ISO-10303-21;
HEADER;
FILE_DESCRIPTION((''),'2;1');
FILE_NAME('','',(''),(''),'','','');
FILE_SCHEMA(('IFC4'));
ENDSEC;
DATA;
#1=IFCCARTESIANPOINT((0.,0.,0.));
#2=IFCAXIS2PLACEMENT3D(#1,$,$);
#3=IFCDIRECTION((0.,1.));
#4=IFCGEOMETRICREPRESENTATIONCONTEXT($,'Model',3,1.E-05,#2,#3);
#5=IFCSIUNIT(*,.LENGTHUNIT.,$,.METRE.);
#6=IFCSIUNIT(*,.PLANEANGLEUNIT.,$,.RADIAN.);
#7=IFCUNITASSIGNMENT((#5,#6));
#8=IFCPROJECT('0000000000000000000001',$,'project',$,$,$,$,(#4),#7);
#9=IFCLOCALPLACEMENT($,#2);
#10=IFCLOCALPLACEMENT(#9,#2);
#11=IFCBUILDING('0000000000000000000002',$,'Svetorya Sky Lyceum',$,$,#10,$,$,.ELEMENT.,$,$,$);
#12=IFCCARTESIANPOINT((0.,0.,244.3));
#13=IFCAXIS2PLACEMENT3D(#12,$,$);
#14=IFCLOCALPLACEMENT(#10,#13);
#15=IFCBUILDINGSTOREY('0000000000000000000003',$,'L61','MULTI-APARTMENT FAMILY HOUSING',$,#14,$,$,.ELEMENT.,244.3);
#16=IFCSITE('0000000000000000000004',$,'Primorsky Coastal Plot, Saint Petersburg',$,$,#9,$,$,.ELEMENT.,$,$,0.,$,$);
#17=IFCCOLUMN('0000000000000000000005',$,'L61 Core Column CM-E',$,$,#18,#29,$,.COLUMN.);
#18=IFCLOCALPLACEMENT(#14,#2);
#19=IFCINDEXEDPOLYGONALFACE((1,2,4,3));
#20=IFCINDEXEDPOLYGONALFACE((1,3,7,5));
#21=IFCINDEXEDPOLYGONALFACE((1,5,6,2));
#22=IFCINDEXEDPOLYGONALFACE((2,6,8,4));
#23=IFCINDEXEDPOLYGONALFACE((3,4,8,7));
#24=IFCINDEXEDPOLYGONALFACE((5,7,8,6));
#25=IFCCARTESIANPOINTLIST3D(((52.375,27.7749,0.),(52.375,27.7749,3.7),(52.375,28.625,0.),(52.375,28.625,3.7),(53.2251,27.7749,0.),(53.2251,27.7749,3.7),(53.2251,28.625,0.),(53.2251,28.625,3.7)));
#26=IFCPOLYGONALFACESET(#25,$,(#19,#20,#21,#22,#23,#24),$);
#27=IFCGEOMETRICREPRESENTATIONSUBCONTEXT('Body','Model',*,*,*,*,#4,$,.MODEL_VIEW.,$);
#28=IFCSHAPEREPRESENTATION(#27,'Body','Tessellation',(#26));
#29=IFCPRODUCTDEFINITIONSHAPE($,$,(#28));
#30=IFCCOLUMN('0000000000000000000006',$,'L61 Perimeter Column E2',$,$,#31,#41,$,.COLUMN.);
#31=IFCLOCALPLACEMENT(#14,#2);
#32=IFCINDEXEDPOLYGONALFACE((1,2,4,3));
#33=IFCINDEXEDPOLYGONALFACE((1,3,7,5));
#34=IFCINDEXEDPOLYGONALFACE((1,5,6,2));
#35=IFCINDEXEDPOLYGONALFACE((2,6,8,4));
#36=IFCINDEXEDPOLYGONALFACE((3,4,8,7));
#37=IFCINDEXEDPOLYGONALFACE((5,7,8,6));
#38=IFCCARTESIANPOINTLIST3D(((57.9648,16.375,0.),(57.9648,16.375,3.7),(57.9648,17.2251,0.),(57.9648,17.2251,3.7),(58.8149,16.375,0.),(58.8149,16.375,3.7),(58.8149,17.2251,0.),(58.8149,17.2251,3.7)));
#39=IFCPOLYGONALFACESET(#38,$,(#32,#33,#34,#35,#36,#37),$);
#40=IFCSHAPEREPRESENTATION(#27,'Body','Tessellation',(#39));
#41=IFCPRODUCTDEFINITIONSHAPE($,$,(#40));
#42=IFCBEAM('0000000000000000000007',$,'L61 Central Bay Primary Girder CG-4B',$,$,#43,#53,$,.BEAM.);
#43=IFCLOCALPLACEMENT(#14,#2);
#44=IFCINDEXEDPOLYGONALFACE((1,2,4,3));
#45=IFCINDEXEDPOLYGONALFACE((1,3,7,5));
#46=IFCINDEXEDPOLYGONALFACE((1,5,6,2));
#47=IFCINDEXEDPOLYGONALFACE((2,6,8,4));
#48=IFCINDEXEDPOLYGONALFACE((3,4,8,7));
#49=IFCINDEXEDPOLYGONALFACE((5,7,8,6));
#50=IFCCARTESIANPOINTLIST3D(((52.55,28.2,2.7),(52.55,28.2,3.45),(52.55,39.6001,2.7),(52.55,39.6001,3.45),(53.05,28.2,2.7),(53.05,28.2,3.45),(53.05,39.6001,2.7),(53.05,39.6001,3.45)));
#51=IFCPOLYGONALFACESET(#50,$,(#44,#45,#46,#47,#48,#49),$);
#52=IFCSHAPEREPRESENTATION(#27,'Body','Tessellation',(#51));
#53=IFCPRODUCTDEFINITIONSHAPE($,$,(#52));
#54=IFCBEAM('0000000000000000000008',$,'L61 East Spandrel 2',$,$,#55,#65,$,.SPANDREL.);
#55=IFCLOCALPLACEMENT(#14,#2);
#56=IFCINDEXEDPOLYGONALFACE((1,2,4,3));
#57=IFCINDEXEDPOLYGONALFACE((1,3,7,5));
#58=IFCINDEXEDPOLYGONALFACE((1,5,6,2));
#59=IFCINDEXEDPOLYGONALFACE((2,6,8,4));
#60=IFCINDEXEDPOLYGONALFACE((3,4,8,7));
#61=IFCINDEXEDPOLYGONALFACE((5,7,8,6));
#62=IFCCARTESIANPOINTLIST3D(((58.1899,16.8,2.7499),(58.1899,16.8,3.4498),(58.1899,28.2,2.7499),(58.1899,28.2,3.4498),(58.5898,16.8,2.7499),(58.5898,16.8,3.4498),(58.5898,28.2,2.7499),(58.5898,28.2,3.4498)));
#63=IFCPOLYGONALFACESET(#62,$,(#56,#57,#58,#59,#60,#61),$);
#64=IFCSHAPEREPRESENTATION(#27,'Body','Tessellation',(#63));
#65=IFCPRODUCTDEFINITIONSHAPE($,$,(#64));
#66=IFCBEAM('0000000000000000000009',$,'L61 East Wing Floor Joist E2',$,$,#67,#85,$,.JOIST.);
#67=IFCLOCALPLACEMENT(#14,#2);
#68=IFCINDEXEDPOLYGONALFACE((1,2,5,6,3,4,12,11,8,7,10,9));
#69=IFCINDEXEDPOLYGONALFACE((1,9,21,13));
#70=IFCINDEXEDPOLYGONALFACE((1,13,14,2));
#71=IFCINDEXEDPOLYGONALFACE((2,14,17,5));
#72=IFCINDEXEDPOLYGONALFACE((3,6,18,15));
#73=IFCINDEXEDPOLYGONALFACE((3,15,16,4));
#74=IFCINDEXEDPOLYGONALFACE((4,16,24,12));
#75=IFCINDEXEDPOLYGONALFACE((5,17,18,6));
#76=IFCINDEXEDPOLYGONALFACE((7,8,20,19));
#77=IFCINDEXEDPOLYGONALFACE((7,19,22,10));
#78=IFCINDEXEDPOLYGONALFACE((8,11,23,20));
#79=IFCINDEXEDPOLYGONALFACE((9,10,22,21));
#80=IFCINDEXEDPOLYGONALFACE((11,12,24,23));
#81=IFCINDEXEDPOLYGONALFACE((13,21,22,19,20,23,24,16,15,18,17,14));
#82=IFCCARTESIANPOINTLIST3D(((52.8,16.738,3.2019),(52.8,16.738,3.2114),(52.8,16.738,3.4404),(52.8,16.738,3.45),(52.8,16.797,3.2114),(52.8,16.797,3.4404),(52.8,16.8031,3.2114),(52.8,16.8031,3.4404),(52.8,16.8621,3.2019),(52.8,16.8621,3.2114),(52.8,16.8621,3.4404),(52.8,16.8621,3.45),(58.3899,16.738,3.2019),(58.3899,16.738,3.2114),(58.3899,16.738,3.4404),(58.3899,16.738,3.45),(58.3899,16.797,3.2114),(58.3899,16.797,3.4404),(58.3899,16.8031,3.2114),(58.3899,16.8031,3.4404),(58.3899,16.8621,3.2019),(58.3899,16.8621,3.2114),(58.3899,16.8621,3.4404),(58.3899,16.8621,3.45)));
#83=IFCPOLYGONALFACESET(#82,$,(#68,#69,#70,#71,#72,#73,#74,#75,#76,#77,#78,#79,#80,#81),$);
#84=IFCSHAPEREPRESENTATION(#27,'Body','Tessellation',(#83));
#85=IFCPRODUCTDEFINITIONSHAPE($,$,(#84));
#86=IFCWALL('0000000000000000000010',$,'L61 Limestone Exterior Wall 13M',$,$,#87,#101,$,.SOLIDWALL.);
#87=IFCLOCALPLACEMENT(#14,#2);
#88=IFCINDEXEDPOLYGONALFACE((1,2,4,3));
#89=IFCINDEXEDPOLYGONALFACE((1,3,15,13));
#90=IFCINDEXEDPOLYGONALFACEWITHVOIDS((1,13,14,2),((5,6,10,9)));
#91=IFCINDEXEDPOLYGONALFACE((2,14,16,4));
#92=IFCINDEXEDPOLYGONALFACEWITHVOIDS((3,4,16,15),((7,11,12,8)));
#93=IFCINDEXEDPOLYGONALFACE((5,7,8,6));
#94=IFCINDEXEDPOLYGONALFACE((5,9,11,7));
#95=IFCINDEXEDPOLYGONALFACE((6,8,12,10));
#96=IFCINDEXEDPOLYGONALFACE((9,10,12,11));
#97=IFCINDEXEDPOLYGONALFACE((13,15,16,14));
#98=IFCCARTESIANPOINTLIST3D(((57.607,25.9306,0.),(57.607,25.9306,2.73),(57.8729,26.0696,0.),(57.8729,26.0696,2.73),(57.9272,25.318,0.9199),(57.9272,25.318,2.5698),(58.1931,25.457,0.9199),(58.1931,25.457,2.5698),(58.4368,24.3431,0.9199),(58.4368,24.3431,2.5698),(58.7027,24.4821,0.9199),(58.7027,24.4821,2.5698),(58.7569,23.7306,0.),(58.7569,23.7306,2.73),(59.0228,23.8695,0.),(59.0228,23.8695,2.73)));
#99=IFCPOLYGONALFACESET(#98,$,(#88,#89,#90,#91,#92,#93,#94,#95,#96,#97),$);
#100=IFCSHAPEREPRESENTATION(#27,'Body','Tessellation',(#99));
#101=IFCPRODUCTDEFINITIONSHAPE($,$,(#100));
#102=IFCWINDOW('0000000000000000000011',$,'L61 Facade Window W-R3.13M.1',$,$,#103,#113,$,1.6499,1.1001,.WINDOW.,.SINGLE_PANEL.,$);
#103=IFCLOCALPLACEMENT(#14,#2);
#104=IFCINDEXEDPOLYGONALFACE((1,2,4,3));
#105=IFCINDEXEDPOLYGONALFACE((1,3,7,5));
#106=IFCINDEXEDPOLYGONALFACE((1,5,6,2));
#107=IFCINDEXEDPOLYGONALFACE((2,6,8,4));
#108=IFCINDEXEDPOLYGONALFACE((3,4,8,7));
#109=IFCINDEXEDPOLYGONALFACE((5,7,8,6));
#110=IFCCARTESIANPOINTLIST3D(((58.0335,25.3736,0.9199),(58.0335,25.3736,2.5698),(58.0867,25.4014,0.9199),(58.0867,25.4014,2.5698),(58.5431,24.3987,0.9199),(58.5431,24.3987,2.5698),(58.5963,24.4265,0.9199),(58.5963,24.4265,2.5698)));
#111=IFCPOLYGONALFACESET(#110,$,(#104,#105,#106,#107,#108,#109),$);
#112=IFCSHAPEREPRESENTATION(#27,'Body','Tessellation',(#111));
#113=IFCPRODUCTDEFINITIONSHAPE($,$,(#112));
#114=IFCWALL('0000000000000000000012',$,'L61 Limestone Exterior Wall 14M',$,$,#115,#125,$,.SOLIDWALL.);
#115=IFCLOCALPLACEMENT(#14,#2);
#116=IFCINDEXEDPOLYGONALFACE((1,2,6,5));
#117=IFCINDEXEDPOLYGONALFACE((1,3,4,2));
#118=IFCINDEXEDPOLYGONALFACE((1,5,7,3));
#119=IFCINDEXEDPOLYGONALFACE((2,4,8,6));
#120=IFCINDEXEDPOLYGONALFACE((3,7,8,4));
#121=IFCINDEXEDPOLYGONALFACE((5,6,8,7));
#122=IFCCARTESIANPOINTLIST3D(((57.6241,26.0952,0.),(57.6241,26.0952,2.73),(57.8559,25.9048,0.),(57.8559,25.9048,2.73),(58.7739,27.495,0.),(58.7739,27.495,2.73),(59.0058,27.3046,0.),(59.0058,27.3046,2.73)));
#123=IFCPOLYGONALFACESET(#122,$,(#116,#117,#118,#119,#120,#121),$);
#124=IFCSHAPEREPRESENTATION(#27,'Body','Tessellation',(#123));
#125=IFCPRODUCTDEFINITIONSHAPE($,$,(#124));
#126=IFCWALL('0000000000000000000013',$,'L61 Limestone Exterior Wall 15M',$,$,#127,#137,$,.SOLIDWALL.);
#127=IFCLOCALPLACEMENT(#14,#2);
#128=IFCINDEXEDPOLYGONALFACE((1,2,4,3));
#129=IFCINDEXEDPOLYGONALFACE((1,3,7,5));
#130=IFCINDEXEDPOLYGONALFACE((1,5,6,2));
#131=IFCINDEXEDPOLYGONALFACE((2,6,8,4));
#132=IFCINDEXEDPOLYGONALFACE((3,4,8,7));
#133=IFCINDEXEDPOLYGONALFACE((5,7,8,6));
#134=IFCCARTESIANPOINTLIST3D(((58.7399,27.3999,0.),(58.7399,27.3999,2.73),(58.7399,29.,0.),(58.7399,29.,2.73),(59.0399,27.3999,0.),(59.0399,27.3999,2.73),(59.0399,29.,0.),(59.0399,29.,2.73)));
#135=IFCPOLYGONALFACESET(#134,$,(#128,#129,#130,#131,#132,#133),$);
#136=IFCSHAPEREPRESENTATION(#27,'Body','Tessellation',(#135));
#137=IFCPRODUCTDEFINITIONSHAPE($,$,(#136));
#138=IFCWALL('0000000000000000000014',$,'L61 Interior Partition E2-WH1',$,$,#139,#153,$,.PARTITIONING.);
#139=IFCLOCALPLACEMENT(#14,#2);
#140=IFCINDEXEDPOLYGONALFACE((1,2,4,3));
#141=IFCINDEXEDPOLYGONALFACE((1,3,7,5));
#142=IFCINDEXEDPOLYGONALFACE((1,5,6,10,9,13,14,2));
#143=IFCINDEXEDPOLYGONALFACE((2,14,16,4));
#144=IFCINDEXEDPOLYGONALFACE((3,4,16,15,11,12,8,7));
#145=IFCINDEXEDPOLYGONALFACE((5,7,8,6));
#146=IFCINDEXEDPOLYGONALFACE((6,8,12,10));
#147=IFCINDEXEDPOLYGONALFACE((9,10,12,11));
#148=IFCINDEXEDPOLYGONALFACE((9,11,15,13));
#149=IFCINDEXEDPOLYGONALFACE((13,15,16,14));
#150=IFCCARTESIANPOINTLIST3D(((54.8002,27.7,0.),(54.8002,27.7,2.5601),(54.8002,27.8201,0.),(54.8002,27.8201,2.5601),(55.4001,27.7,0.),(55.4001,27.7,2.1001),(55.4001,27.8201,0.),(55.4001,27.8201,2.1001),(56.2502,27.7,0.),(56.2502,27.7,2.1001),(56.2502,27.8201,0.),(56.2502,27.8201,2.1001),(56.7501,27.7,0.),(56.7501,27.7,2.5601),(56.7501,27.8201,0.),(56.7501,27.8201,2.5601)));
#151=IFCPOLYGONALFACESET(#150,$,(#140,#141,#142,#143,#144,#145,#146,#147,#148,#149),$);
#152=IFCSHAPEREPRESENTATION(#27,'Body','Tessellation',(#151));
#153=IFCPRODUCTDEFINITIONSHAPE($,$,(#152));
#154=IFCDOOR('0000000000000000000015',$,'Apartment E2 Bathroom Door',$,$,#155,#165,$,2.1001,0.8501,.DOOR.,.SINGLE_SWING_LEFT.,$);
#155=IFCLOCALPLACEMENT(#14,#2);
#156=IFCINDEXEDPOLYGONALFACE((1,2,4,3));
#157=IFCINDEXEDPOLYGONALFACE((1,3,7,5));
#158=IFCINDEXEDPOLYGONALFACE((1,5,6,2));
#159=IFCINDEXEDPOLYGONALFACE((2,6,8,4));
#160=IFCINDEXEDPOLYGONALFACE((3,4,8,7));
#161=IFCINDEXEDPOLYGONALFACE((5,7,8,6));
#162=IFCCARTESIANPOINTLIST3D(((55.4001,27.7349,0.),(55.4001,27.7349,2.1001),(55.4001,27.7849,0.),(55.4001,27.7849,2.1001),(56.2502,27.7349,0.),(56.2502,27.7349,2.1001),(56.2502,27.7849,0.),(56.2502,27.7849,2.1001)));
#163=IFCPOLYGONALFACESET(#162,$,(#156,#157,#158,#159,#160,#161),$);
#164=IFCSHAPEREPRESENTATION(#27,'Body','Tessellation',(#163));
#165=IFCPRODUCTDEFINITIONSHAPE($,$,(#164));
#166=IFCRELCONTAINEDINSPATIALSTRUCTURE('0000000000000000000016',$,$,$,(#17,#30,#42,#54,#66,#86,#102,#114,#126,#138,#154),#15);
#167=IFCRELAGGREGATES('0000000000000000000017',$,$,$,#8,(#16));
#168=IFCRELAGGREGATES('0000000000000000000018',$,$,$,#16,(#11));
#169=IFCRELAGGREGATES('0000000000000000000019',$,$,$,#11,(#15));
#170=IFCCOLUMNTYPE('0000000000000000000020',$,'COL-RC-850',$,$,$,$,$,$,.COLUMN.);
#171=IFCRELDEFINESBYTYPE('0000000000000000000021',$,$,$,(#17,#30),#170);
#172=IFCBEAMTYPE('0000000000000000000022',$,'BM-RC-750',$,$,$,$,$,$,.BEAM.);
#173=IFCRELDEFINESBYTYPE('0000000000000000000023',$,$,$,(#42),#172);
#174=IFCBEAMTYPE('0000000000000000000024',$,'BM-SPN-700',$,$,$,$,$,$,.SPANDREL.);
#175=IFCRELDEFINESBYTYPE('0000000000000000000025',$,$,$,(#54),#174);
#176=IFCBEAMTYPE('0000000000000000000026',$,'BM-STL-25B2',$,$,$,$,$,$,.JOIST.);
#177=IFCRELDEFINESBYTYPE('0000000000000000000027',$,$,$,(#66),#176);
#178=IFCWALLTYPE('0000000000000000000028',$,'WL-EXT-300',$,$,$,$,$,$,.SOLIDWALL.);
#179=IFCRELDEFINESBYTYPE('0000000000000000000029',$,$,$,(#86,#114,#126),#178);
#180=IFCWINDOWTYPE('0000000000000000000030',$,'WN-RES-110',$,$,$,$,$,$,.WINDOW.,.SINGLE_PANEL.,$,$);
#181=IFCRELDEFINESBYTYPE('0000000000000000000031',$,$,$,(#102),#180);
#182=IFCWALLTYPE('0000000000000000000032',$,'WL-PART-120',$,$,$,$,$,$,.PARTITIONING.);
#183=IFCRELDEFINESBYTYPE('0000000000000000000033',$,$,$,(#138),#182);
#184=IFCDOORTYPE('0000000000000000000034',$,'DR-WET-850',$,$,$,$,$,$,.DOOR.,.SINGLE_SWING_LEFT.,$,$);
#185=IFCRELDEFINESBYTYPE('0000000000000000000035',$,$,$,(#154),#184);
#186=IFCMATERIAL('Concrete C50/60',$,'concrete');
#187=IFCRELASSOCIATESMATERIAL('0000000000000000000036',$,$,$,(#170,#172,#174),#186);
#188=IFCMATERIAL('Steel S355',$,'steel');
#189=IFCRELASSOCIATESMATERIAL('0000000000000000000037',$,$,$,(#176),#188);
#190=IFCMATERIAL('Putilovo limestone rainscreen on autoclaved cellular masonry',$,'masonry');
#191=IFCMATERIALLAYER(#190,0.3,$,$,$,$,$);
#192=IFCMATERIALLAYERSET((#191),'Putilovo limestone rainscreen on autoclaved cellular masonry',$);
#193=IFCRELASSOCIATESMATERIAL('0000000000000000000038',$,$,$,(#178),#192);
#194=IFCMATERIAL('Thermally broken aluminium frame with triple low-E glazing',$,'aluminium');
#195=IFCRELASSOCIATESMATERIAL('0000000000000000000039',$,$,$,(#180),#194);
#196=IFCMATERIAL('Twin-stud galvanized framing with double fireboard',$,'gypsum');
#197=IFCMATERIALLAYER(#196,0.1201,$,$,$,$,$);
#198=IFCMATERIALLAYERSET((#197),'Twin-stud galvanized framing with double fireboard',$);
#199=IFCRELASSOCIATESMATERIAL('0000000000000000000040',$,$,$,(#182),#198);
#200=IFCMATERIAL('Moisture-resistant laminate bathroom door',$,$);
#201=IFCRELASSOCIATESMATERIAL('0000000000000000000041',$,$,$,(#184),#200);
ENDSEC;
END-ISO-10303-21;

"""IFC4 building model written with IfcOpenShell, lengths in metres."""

from ifc_helpers import new_model, si_unit, direction, frame, frame_2d, origin, origin_2d, place, context, subcontext, project, spatial, rectangle, i_section, extrude, material, layer, layer_set, material_profile, profile_set, type_object, element, fill, save


model = new_model("IFC4")

# Units and contexts
model_context = context("Model", 3, precision=1e-05, world=origin(), true_north=direction((0.0, 1.0)))
body_context = subcontext(model_context, "Body", "Model", "MODEL_VIEW")
ifc_project = project(units=[si_unit("LENGTHUNIT", "METRE"), si_unit("PLANEANGLEUNIT", "RADIAN")], contexts=[model_context])

# Site, building, storey
site_placement = place(None, origin())
site = spatial("IfcSite", under=ifc_project, at=site_placement, Name="Primorsky Coastal Plot, Saint Petersburg", CompositionType="ELEMENT", RefElevation=0.0)
building_placement = place(site_placement, origin())
building = spatial("IfcBuilding", under=site, at=building_placement, Name="Svetorya Sky Lyceum", CompositionType="ELEMENT")
storey_placement = place(building_placement, frame((0.0, 0.0, 244.3)))
storey = spatial("IfcBuildingStorey", under=building, at=storey_placement, Name="L61", Description="MULTI-APARTMENT FAMILY HOUSING", CompositionType="ELEMENT", Elevation=244.3)

# Columns
ifc_material_1 = material(Name="Concrete C50/60", Category="concrete")
ifc_material_profile_1 = material_profile(ifc_material_1, rectangle(XDim=0.8501, YDim=0.8501, at=origin_2d()), Name="RC COL 850x850")
ifc_profile_set_1 = profile_set([ifc_material_profile_1], Name="Concrete C50/60")
column_type = type_object("IfcColumnType", Name="COL-RC-850", PredefinedType="COLUMN", material=ifc_profile_set_1)
for number, where, z_axis, x_axis, name in (
    (1, (52.8, 28.2, 0.0), (0.0, 0.0, 1.0), (1.0, 0.0, 0.0), "L61 Core Column CM-E"),
    (2, (58.3899, 16.8, 0.0), (0.0, 0.0, 1.0), (1.0, 0.0, 0.0), "L61 Perimeter Column E2"),
):
    element("IfcColumn", number, at=place(storey_placement, frame(where, z_axis=z_axis, x_axis=x_axis)), inside=storey, type_object=column_type, Name=name, PredefinedType="COLUMN", context=body_context, shape_type="SweptSolid", body=[
        extrude(rectangle(XDim=0.8501, YDim=0.8501, at=origin_2d()), origin(), (0.0, 0.0, 1.0), 3.7),
    ])

# Beams
ifc_material_profile_2 = material_profile(ifc_material_1, rectangle(XDim=0.5, YDim=0.75, at=origin_2d()), Name="RC BEAM 500x750")
ifc_profile_set_2 = profile_set([ifc_material_profile_2], Name="Concrete C50/60")
beam_type_1 = type_object("IfcBeamType", Name="BM-RC-750", PredefinedType="BEAM", material=ifc_profile_set_2)
beam_1_placement = place(storey_placement, frame((52.8, 28.2, 3.075), z_axis=(0.0, 1.0, 0.0), x_axis=(-1.0, 0.0, 0.0)))
element("IfcBeam", 3, at=beam_1_placement, inside=storey, type_object=beam_type_1, Name="L61 Central Bay Primary Girder CG-4B", PredefinedType="BEAM", context=body_context, shape_type="SweptSolid", body=[
    extrude(rectangle(XDim=0.5, YDim=0.75, at=origin_2d()), origin(), (0.0, 0.0, 1.0), 11.4001),
])
ifc_material_profile_3 = material_profile(ifc_material_1, rectangle(XDim=0.3999, YDim=0.7, at=origin_2d()), Name="RC SPANDREL 400x700")
ifc_profile_set_3 = profile_set([ifc_material_profile_3], Name="Concrete C50/60")
beam_type_2 = type_object("IfcBeamType", Name="BM-SPN-700", PredefinedType="SPANDREL", material=ifc_profile_set_3)
beam_2_placement = place(storey_placement, frame((58.3899, 16.8, 3.0999), z_axis=(0.0, 1.0, 0.0), x_axis=(-1.0, 0.0, 0.0)))
element("IfcBeam", 4, at=beam_2_placement, inside=storey, type_object=beam_type_2, Name="L61 East Spandrel 2", PredefinedType="SPANDREL", context=body_context, shape_type="SweptSolid", body=[
    extrude(rectangle(XDim=0.3999, YDim=0.7, at=origin_2d()), origin(), (0.0, 0.0, 1.0), 11.3999),
])
ifc_material_2 = material(Name="Steel S355", Category="steel")
ifc_material_profile_4 = material_profile(ifc_material_2, i_section(OverallWidth=0.124, OverallDepth=0.248, WebThickness=0.0061, FlangeThickness=0.0095, at=origin_2d()), Name="GOST 25B2")
ifc_profile_set_4 = profile_set([ifc_material_profile_4], Name="Steel S355")
beam_type_3 = type_object("IfcBeamType", Name="BM-STL-25B2", PredefinedType="JOIST", material=ifc_profile_set_4)
beam_3_placement = place(storey_placement, frame((52.8, 16.8, 3.3259), z_axis=(1.0, 0.0, 0.0), x_axis=(0.0, 1.0, 0.0)))
element("IfcBeam", 5, at=beam_3_placement, inside=storey, type_object=beam_type_3, Name="L61 East Wing Floor Joist E2", PredefinedType="JOIST", context=body_context, shape_type="SweptSolid", body=[
    extrude(i_section(OverallWidth=0.124, OverallDepth=0.248, WebThickness=0.0061, FlangeThickness=0.0095, at=origin_2d()), origin(), (0.0, 0.0, 1.0), 5.5898),
])

# Wall, opening, window
ifc_material_3 = material(Name="Putilovo limestone rainscreen on autoclaved cellular masonry", Category="masonry")
ifc_layer_1 = layer(ifc_material_3, 0.3)
ifc_layer_set_1 = layer_set([ifc_layer_1], Name="Putilovo limestone rainscreen on autoclaved cellular masonry")
wall_type_1 = type_object("IfcWallType", Name="WL-EXT-300", PredefinedType="SOLIDWALL", material=ifc_layer_set_1)
wall_1_placement = place(storey_placement, frame((58.8899, 23.8, 0.0), z_axis=(0.0, 0.0, 1.0), x_axis=(-0.463231, 0.886237, 0.0)))
wall_1 = element("IfcWall", 6, at=wall_1_placement, inside=storey, type_object=wall_type_1, Name="L61 Limestone Exterior Wall 13M", PredefinedType="SOLIDWALL", context=body_context, shape_type="SweptSolid", body=[
    extrude(rectangle(XDim=2.4824, YDim=0.3, at=frame_2d((1.2412, 0.0))), origin(), (0.0, 0.0, 1.0), 2.73),
])
opening_1_placement = place(wall_1_placement, frame((0.6912, 0.0, 0.9199)))
opening_1 = element("IfcOpeningElement", 7, at=opening_1_placement, cuts=wall_1, PredefinedType="OPENING", context=body_context, shape_type="SweptSolid", body=[
    extrude(rectangle(XDim=1.1001, YDim=1.6499, at=frame_2d((0.55, 0.825))), frame((0.0, 0.1599, 0.0), z_axis=(0.0, -1.0, 0.0), x_axis=(1.0, 0.0, 0.0)), (0.0, 0.0, 1.0), 0.3201),
])
ifc_material_4 = material(Name="Thermally broken aluminium frame with triple low-E glazing", Category="aluminium")
window_type = type_object("IfcWindowType", Name="WN-RES-110", PartitioningType="SINGLE_PANEL", PredefinedType="WINDOW", material=ifc_material_4)
window_placement = place(opening_1_placement, origin())
window = element("IfcWindow", 8, at=window_placement, inside=storey, type_object=window_type, Name="L61 Facade Window W-R3.13M.1", OverallHeight=1.6499, OverallWidth=1.1001, PartitioningType="SINGLE_PANEL", PredefinedType="WINDOW", context=body_context, shape_type="SweptSolid", body=[
    extrude(rectangle(XDim=1.1001, YDim=1.6499, at=frame_2d((0.55, 0.825))), frame((0.0, 0.03, 0.0), z_axis=(0.0, -1.0, 0.0), x_axis=(1.0, 0.0, 0.0)), (0.0, 0.0, 1.0), 0.0601),
])
fill(opening_1, window)

# Walls
wall_2_placement = place(storey_placement, frame((57.74, 26.0, 0.0), z_axis=(0.0, 0.0, 1.0), x_axis=(0.634734, 0.772731, 0.0)))
element("IfcWall", 9, at=wall_2_placement, inside=storey, type_object=wall_type_1, Name="L61 Limestone Exterior Wall 14M", PredefinedType="SOLIDWALL", context=body_context, shape_type="SweptSolid", body=[
    extrude(rectangle(XDim=1.8115, YDim=0.3, at=frame_2d((0.9058, 0.0))), origin(), (0.0, 0.0, 1.0), 2.73),
])
wall_3_placement = place(storey_placement, frame((58.8899, 27.3999, 0.0), z_axis=(0.0, 0.0, 1.0), x_axis=(0.0, 1.0, 0.0)))
element("IfcWall", 10, at=wall_3_placement, inside=storey, type_object=wall_type_1, Name="L61 Limestone Exterior Wall 15M", PredefinedType="SOLIDWALL", context=body_context, shape_type="SweptSolid", body=[
    extrude(rectangle(XDim=1.6001, YDim=0.3, at=frame_2d((0.8, 0.0))), origin(), (0.0, 0.0, 1.0), 2.73),
])

# Wall, opening, door
ifc_material_5 = material(Name="Twin-stud galvanized framing with double fireboard", Category="gypsum")
ifc_layer_2 = layer(ifc_material_5, 0.1201)
ifc_layer_set_2 = layer_set([ifc_layer_2], Name="Twin-stud galvanized framing with double fireboard")
wall_type_2 = type_object("IfcWallType", Name="WL-PART-120", PredefinedType="PARTITIONING", material=ifc_layer_set_2)
wall_4_placement = place(storey_placement, frame((54.8, 27.76, 0.0), z_axis=(0.0, 0.0, 1.0), x_axis=(1.0, 0.0, 0.0)))
wall_4 = element("IfcWall", 11, at=wall_4_placement, inside=storey, type_object=wall_type_2, Name="L61 Interior Partition E2-WH1", PredefinedType="PARTITIONING", context=body_context, shape_type="SweptSolid", body=[
    extrude(rectangle(XDim=1.95, YDim=0.1201, at=frame_2d((0.9751, 0.0))), origin(), (0.0, 0.0, 1.0), 2.5601),
])
opening_2_placement = place(wall_4_placement, frame((0.6001, 0.0, 0.0)))
opening_2 = element("IfcOpeningElement", 12, at=opening_2_placement, cuts=wall_4, PredefinedType="OPENING", context=body_context, shape_type="SweptSolid", body=[
    extrude(rectangle(XDim=0.8501, YDim=2.1001, at=frame_2d((0.425, 1.05))), frame((0.0, 0.0701, 0.0), z_axis=(0.0, -1.0, 0.0), x_axis=(1.0, 0.0, 0.0)), (0.0, 0.0, 1.0), 0.1401),
])
ifc_material_6 = material(Name="Moisture-resistant laminate bathroom door")
door_type_1 = type_object("IfcDoorType", Name="DR-WET-850", OperationType="SINGLE_SWING_LEFT", PredefinedType="DOOR", material=ifc_material_6)
door_1_placement = place(opening_2_placement, origin())
door_1 = element("IfcDoor", 13, at=door_1_placement, inside=storey, type_object=door_type_1, Name="Apartment E2 Bathroom Door", OperationType="SINGLE_SWING_LEFT", OverallHeight=2.1001, OverallWidth=0.8501, PredefinedType="DOOR", context=body_context, shape_type="SweptSolid", body=[
    extrude(rectangle(XDim=0.8501, YDim=2.1001, at=frame_2d((0.425, 1.05))), frame((0.0, 0.0249, 0.0), z_axis=(0.0, -1.0, 0.0), x_axis=(1.0, 0.0, 0.0)), (0.0, 0.0, 1.0), 0.05),
])
fill(opening_2, door_1)

save(model, "model.ifc")
